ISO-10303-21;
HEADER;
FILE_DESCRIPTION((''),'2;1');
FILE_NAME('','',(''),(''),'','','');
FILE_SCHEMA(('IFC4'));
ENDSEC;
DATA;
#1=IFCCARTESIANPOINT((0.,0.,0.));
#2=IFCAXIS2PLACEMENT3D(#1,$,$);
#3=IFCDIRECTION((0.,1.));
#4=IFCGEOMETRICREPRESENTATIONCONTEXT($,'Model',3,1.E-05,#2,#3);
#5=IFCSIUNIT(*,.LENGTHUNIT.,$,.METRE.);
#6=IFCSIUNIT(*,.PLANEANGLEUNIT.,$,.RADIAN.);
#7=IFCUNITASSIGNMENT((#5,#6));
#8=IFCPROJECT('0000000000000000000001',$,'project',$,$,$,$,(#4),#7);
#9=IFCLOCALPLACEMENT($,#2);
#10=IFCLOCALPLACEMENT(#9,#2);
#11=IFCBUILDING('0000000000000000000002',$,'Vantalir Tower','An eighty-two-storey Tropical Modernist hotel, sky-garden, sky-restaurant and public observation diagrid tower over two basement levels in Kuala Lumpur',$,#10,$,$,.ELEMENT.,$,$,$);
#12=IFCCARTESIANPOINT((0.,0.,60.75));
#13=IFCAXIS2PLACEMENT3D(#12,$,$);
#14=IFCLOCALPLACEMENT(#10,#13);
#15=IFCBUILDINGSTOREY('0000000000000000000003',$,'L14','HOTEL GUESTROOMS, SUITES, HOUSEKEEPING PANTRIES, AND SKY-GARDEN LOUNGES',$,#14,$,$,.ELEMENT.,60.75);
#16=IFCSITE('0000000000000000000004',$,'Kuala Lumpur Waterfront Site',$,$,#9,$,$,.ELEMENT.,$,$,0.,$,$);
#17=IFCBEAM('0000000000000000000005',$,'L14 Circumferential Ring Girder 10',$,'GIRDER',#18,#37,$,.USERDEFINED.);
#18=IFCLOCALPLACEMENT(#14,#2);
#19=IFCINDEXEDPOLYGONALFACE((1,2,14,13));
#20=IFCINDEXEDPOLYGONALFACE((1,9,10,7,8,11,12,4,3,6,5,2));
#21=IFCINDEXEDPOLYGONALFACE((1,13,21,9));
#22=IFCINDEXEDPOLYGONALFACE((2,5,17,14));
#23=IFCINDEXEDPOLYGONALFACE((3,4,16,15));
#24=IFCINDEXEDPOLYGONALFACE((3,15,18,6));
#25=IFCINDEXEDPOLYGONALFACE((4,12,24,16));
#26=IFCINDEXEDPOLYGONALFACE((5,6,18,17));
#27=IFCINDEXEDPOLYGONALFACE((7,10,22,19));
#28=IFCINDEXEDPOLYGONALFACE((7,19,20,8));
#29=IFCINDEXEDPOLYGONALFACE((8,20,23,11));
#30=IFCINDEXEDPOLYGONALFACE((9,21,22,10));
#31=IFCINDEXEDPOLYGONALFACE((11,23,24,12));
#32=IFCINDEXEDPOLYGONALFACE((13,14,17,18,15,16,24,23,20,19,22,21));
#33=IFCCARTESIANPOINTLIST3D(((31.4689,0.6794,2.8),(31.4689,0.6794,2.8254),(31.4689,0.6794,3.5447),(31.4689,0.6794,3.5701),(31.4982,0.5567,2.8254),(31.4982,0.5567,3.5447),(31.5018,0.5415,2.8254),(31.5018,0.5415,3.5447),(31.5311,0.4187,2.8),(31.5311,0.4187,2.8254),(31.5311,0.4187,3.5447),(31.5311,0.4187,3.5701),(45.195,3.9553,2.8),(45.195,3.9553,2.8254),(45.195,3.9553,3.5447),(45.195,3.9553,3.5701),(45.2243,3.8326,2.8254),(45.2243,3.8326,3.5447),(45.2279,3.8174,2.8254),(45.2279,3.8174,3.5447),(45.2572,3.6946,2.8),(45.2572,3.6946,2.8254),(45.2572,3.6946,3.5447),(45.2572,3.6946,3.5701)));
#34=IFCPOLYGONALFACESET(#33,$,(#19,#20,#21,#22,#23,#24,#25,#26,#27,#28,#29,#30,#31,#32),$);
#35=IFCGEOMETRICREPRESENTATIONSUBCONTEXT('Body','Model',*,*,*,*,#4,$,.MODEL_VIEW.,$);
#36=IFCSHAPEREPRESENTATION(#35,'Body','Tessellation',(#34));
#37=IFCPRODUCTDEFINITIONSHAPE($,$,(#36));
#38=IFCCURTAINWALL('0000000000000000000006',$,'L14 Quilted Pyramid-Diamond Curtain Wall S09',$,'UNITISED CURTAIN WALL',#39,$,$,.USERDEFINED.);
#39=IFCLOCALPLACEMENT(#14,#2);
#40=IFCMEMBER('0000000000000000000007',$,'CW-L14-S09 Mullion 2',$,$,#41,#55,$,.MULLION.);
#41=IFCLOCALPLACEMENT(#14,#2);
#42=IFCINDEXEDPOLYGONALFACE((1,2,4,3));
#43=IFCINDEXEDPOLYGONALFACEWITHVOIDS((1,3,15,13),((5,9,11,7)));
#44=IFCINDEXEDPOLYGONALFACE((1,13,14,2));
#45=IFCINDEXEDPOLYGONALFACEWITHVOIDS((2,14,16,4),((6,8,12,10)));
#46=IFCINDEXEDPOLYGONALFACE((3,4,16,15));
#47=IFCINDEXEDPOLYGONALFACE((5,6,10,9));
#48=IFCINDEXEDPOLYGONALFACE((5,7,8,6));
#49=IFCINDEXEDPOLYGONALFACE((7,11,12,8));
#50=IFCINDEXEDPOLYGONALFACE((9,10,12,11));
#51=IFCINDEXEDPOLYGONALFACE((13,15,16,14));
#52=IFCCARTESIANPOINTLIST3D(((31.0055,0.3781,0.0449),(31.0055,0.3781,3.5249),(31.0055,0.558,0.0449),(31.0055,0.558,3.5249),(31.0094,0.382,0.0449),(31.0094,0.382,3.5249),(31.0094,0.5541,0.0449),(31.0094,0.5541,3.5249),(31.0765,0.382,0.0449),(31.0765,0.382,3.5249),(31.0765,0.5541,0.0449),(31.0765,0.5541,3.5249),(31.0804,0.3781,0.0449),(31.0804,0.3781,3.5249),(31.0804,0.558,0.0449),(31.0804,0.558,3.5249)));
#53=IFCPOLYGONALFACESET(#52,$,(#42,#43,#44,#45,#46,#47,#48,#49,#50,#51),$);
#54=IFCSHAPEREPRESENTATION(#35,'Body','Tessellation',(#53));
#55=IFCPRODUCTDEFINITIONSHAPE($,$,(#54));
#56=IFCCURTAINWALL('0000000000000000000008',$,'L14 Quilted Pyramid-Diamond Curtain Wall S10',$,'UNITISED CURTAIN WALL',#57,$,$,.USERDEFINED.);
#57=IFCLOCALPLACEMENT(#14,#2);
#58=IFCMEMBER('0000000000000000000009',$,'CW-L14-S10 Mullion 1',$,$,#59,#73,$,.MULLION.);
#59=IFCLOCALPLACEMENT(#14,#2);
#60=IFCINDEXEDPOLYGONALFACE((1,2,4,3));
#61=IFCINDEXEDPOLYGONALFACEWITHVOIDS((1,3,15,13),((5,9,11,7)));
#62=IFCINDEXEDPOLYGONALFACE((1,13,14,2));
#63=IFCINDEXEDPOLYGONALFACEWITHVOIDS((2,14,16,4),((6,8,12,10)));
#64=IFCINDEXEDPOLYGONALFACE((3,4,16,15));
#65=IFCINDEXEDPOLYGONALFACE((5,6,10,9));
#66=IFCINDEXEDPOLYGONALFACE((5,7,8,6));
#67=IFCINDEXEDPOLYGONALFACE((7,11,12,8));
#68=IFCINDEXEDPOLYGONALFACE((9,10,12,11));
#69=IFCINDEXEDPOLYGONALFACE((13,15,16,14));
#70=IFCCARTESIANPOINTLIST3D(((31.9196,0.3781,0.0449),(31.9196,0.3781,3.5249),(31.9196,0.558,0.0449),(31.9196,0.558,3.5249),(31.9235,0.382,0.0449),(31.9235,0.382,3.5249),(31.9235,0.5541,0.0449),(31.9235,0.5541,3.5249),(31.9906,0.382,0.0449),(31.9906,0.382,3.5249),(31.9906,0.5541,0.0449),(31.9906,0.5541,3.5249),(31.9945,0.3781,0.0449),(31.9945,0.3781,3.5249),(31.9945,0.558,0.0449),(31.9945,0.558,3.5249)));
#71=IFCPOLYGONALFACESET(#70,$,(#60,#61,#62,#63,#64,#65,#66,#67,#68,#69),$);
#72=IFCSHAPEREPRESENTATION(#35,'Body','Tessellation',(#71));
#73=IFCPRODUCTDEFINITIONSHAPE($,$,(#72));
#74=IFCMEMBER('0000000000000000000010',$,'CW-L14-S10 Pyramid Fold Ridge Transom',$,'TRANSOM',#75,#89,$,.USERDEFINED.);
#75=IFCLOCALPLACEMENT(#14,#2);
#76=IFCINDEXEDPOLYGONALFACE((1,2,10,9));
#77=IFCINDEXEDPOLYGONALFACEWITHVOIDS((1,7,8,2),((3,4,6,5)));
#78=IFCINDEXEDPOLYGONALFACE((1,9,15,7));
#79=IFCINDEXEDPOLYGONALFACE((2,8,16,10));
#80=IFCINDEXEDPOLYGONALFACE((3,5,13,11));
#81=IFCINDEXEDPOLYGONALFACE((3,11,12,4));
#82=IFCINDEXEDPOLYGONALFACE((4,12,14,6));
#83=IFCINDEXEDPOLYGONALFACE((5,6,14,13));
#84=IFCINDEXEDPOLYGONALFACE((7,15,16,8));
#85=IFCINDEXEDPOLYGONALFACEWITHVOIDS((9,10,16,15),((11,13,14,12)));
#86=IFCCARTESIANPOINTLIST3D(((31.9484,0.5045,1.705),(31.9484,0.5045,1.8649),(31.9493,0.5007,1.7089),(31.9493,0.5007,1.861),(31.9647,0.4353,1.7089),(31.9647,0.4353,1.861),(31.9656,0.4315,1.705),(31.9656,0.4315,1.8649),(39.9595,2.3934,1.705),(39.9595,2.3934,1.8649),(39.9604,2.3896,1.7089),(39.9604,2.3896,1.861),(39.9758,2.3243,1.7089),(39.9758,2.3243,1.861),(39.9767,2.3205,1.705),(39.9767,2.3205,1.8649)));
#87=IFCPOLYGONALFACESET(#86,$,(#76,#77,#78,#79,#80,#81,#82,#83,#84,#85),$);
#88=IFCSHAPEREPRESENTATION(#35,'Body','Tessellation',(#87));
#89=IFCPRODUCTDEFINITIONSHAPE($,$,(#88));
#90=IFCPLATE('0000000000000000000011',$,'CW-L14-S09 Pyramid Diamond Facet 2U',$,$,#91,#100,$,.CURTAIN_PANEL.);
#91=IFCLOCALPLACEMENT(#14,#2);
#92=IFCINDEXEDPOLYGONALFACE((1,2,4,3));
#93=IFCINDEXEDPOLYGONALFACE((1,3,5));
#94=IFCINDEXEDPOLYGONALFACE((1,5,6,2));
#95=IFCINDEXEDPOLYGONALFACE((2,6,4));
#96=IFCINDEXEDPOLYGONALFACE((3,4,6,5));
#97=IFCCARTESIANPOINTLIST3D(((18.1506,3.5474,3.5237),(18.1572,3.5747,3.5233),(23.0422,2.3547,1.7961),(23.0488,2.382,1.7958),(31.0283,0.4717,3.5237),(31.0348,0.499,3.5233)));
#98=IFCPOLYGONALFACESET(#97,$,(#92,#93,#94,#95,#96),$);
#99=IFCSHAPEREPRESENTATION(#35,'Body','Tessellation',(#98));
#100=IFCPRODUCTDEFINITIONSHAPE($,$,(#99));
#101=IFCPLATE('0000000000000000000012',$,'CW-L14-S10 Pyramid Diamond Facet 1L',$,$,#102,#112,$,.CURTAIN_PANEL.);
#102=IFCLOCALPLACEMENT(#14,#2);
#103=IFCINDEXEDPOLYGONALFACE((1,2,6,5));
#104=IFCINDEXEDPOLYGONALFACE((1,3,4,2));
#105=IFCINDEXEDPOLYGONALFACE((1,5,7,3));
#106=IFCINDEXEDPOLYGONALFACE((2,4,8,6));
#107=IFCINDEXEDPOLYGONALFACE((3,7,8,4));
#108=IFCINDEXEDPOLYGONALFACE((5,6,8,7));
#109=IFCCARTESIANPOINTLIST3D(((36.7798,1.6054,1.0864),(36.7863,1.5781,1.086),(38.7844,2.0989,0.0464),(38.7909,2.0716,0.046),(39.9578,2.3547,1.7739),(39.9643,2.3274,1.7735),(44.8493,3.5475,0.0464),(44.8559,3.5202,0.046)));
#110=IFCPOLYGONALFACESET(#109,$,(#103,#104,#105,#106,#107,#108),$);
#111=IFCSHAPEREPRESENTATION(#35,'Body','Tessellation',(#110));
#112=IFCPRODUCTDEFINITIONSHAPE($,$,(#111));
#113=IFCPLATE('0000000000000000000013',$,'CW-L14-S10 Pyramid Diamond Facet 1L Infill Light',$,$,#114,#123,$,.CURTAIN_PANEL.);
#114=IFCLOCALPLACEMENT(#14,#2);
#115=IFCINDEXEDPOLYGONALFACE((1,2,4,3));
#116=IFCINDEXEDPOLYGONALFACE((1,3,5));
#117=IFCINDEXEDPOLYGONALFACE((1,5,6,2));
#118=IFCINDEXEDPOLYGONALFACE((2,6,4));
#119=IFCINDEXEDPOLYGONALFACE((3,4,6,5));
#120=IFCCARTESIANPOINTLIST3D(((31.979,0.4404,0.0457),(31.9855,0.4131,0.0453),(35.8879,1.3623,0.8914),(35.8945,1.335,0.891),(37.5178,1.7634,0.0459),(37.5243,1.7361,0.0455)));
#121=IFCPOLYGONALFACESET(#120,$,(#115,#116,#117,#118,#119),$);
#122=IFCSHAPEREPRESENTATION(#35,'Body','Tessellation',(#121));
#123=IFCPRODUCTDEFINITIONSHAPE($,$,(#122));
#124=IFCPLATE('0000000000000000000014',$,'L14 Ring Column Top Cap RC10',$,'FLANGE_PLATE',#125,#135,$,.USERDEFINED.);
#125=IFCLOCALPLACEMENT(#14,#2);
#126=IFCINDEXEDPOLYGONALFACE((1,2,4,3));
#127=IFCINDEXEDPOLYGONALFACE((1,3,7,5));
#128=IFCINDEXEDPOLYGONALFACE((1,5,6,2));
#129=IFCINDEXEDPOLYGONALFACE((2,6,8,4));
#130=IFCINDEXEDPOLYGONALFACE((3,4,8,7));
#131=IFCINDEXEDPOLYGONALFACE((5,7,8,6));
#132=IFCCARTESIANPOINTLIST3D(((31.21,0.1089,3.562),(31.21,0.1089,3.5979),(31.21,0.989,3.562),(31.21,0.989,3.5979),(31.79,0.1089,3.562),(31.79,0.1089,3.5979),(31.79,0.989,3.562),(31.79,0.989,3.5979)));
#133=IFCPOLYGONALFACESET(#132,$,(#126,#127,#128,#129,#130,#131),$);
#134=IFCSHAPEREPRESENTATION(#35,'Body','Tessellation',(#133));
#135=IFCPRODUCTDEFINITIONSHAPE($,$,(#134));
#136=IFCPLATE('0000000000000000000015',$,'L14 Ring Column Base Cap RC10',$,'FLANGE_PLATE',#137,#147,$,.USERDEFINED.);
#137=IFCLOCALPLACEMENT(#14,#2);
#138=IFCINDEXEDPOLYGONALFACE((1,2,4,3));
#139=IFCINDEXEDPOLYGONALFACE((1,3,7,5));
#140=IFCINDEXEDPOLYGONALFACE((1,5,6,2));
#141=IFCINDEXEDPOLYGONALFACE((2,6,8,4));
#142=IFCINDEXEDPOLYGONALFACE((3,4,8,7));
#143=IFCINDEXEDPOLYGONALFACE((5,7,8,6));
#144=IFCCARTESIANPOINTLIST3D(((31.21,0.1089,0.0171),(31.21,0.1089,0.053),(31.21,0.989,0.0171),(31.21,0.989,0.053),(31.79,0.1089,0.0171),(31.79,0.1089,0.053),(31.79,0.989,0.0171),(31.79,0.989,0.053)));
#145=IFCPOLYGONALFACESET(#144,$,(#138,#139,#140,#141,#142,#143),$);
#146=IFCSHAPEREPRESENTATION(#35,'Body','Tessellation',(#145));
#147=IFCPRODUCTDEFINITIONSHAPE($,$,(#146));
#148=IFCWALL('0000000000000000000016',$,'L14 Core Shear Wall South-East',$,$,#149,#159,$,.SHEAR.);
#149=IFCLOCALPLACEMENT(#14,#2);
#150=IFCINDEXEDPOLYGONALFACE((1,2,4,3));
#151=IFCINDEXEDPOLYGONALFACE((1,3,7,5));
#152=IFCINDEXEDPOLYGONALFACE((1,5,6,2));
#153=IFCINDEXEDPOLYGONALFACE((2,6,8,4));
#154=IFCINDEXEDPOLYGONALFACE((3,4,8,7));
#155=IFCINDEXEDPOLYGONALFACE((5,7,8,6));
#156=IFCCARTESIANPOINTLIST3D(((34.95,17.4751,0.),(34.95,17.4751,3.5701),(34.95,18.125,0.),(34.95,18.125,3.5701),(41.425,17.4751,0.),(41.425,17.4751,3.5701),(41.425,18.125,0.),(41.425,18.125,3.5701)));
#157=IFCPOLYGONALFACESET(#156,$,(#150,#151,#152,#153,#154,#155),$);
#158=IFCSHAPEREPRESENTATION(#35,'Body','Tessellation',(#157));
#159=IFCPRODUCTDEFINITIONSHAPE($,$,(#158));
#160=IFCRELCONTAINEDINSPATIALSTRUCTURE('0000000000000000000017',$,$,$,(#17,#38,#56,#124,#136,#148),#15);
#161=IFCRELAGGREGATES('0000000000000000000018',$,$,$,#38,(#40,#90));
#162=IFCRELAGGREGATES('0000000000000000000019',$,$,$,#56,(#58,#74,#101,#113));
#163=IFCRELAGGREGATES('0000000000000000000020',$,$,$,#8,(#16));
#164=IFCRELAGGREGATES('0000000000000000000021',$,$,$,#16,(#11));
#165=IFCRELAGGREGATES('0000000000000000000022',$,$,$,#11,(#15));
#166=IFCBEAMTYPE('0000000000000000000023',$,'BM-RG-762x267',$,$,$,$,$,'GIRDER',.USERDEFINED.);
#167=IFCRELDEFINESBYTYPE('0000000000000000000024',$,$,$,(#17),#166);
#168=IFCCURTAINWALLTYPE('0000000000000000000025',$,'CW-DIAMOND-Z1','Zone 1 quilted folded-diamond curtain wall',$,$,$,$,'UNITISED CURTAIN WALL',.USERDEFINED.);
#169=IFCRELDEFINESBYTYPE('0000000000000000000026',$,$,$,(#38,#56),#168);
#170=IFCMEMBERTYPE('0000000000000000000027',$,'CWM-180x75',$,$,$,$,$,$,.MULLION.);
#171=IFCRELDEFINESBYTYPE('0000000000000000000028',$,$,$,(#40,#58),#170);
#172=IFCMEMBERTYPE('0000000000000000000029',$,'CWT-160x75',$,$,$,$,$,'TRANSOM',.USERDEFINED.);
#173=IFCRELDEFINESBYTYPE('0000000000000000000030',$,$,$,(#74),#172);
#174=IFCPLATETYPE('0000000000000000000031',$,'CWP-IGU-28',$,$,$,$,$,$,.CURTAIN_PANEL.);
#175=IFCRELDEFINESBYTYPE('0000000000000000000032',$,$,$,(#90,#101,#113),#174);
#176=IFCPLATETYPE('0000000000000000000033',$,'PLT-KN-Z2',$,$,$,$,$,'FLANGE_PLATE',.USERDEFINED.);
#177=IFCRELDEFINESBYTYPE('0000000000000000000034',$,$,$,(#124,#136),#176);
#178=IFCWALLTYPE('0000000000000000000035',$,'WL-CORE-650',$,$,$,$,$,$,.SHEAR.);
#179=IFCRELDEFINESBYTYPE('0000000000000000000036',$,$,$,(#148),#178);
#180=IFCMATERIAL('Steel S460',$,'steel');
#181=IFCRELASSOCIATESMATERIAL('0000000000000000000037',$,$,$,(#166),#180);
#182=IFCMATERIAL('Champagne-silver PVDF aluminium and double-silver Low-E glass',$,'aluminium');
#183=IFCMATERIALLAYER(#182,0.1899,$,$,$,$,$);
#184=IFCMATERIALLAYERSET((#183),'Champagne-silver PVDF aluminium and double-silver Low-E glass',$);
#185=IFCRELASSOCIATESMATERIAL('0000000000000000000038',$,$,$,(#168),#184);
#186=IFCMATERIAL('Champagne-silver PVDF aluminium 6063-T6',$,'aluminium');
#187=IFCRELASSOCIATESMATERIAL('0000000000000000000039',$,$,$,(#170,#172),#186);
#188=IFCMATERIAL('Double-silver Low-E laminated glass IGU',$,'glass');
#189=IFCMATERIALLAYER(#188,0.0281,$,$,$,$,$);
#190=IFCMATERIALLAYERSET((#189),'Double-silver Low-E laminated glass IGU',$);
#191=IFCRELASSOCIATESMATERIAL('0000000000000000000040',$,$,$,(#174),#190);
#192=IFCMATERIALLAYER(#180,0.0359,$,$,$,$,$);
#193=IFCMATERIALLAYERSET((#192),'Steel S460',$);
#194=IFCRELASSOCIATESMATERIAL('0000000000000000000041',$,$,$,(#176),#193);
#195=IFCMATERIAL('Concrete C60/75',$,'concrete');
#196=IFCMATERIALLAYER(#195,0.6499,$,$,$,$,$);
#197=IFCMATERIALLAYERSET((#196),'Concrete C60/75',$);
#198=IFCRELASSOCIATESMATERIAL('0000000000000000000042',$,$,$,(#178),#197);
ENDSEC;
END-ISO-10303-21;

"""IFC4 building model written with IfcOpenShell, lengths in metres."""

from ifc_helpers import new_model, si_unit, direction, frame, frame_2d, origin, origin_2d, place, context, subcontext, project, spatial, polyline, rectangle, hollow_rectangle, i_section, outline, extrude, material, layer, layer_set, material_profile, profile_set, type_object, element, aggregate, save


model = new_model("IFC4")

# Units and contexts
model_context = context("Model", 3, precision=1e-05, world=origin(), true_north=direction((0.0, 1.0)))
body_context = subcontext(model_context, "Body", "Model", "MODEL_VIEW")
ifc_project = project(units=[si_unit("LENGTHUNIT", "METRE"), si_unit("PLANEANGLEUNIT", "RADIAN")], contexts=[model_context])

# Site, building, storey
site_placement = place(None, origin())
site = spatial("IfcSite", under=ifc_project, at=site_placement, Name="Kuala Lumpur Waterfront Site", CompositionType="ELEMENT", RefElevation=0.0)
building_placement = place(site_placement, origin())
building = spatial("IfcBuilding", under=site, at=building_placement, Name="Vantalir Tower", Description="An eighty-two-storey Tropical Modernist hotel, sky-garden, sky-restaurant and public observation diagrid tower over two basement levels in Kuala Lumpur", CompositionType="ELEMENT")
storey_placement = place(building_placement, frame((0.0, 0.0, 60.75)))
storey = spatial("IfcBuildingStorey", under=building, at=storey_placement, Name="L14", Description="HOTEL GUESTROOMS, SUITES, HOUSEKEEPING PANTRIES, AND SKY-GARDEN LOUNGES", CompositionType="ELEMENT", Elevation=60.75)

# Shared definitions
ifc_material_1 = material(Name="Concrete C60/75", Category="concrete")
ifc_material_2 = material(Name="Steel S460", Category="steel")

# Beam
ifc_material_profile_1 = material_profile(ifc_material_2, i_section(OverallWidth=0.2681, OverallDepth=0.77, WebThickness=0.0156, FlangeThickness=0.0254, at=origin_2d()), Name="Steel S460")
ifc_profile_set_1 = profile_set([ifc_material_profile_1], Name="Steel S460")
beam_type_1 = type_object("IfcBeamType", Name="BM-RG-762x267", ElementType="GIRDER", PredefinedType="USERDEFINED", material=ifc_profile_set_1)
beam_1_placement = place(storey_placement, frame((31.5, 0.5491, 3.1851), z_axis=(0.972682, 0.232141, 0.0), x_axis=(-0.232141, 0.972682, 0.0)))
element("IfcBeam", 1, at=beam_1_placement, inside=storey, type_object=beam_type_1, Name="L14 Circumferential Ring Girder 10", ObjectType="GIRDER", PredefinedType="USERDEFINED", context=body_context, shape_type="SweptSolid", body=[
    extrude(i_section(OverallWidth=0.2681, OverallDepth=0.77, WebThickness=0.0156, FlangeThickness=0.0254, at=origin_2d()), origin(), (0.0, 0.0, 1.0), 14.1116),
])

# Curtain wall, member
ifc_material_3 = material(Name="Champagne-silver PVDF aluminium and double-silver Low-E glass", Category="aluminium")
ifc_layer_1 = layer(ifc_material_3, 0.1899)
ifc_layer_set_1 = layer_set([ifc_layer_1], Name="Champagne-silver PVDF aluminium and double-silver Low-E glass")
curtain_wall_type = type_object("IfcCurtainWallType", Name="CW-DIAMOND-Z1", Description="Zone 1 quilted folded-diamond curtain wall", ElementType="UNITISED CURTAIN WALL", PredefinedType="USERDEFINED", material=ifc_layer_set_1)
curtain_wall_1_placement = place(storey_placement, origin())
curtain_wall_1 = element("IfcCurtainWall", 2, at=curtain_wall_1_placement, inside=storey, type_object=curtain_wall_type, Name="L14 Quilted Pyramid-Diamond Curtain Wall S09", ObjectType="UNITISED CURTAIN WALL", PredefinedType="USERDEFINED")
ifc_material_4 = material(Name="Champagne-silver PVDF aluminium 6063-T6", Category="aluminium")
ifc_material_profile_2 = material_profile(ifc_material_4, hollow_rectangle(XDim=0.075, YDim=0.1799, WallThickness=0.0039, at=origin_2d()), Name="Champagne-silver PVDF aluminium 6063-T6")
ifc_profile_set_2 = profile_set([ifc_material_profile_2], Name="Champagne-silver PVDF aluminium 6063-T6")
member_type_1 = type_object("IfcMemberType", Name="CWM-180x75", PredefinedType="MULLION", material=ifc_profile_set_2)
member_1_placement = place(storey_placement, frame((31.043, 0.468, 0.0449), z_axis=(0.0, 0.0, 1.0), x_axis=(1.0, 0.0, 0.0)))
member_1 = element("IfcMember", 3, at=member_1_placement, type_object=member_type_1, Name="CW-L14-S09 Mullion 2", PredefinedType="MULLION", context=body_context, shape_type="SweptSolid", body=[
    extrude(hollow_rectangle(XDim=0.075, YDim=0.1799, WallThickness=0.0039, at=origin_2d()), origin(), (0.0, 0.0, 1.0), 3.48),
])

# Curtain wall, members
curtain_wall_2_placement = place(storey_placement, origin())
curtain_wall_2 = element("IfcCurtainWall", 4, at=curtain_wall_2_placement, inside=storey, type_object=curtain_wall_type, Name="L14 Quilted Pyramid-Diamond Curtain Wall S10", ObjectType="UNITISED CURTAIN WALL", PredefinedType="USERDEFINED")
member_2_placement = place(storey_placement, frame((31.957, 0.468, 0.0449), z_axis=(0.0, 0.0, 1.0), x_axis=(1.0, 0.0, 0.0)))
member_2 = element("IfcMember", 5, at=member_2_placement, type_object=member_type_1, Name="CW-L14-S10 Mullion 1", PredefinedType="MULLION", context=body_context, shape_type="SweptSolid", body=[
    extrude(hollow_rectangle(XDim=0.075, YDim=0.1799, WallThickness=0.0039, at=origin_2d()), origin(), (0.0, 0.0, 1.0), 3.48),
])
ifc_material_profile_3 = material_profile(ifc_material_4, hollow_rectangle(XDim=0.075, YDim=0.1599, WallThickness=0.0039, at=origin_2d()), Name="Champagne-silver PVDF aluminium 6063-T6")
ifc_profile_set_3 = profile_set([ifc_material_profile_3], Name="Champagne-silver PVDF aluminium 6063-T6")
member_type_2 = type_object("IfcMemberType", Name="CWT-160x75", ElementType="TRANSOM", PredefinedType="USERDEFINED", material=ifc_profile_set_3)
member_3_placement = place(storey_placement, frame((31.957, 0.468, 1.7849), z_axis=(0.973309, 0.229497, 0.0), x_axis=(-0.229497, 0.973309, 0.0)))
member_3 = element("IfcMember", 6, at=member_3_placement, type_object=member_type_2, Name="CW-L14-S10 Pyramid Fold Ridge Transom", ObjectType="TRANSOM", PredefinedType="USERDEFINED", context=body_context, shape_type="SweptSolid", body=[
    extrude(hollow_rectangle(XDim=0.075, YDim=0.1599, WallThickness=0.0039, at=origin_2d()), origin(), (0.0, 0.0, 1.0), 8.2307),
])

# Plates
ifc_material_5 = material(Name="Double-silver Low-E laminated glass IGU", Category="glass")
ifc_layer_2 = layer(ifc_material_5, 0.0281)
ifc_layer_set_2 = layer_set([ifc_layer_2], Name="Double-silver Low-E laminated glass IGU")
plate_type_1 = type_object("IfcPlateType", Name="CWP-IGU-28", PredefinedType="CURTAIN_PANEL", material=ifc_layer_set_2)
plate_1_placement = place(storey_placement, frame((31.0283, 0.4717, 3.5237), z_axis=(-0.232283, -0.972552, 0.013695), x_axis=(-0.972643, 0.232304, 0.0)))
plate_1 = element("IfcPlate", 7, at=plate_1_placement, type_object=plate_type_1, Name="CW-L14-S09 Pyramid Diamond Facet 2U", PredefinedType="CURTAIN_PANEL", context=body_context, shape_type="SweptSolid", body=[
    extrude(outline(polyline([(0.0, 0.0), (13.2399, 0.0), (8.2051, 1.7277), (0.0, 0.0)])), origin(), (0.0, 0.0, -1.0), 0.0281),
])
aggregate(curtain_wall_1, [member_1, plate_1])
plate_2_placement = place(storey_placement, frame((38.7844, 2.0989, 0.0464), z_axis=(-0.232297, 0.972548, 0.013735), x_axis=(0.97264, 0.232319, 0.0)))
plate_2 = element("IfcPlate", 8, at=plate_2_placement, type_object=plate_type_1, Name="CW-L14-S10 Pyramid Diamond Facet 1L", PredefinedType="CURTAIN_PANEL", context=body_context, shape_type="SweptSolid", body=[
    extrude(outline(polyline([(0.0, 0.0), (6.2355, 0.0), (1.2007, -1.7277), (-2.0645, -1.0401), (0.0, 0.0)])), origin(), (0.0, 0.0, -1.0), 0.0281),
])
plate_3_placement = place(storey_placement, frame((31.979, 0.4404, 0.0457), z_axis=(-0.232303, 0.972549, 0.013585), x_axis=(0.972639, 0.232324, 0.000043)))
plate_3 = element("IfcPlate", 9, at=plate_3_placement, type_object=plate_type_1, Name="CW-L14-S10 Pyramid Diamond Facet 1L Infill Light", PredefinedType="CURTAIN_PANEL", context=body_context, shape_type="SweptSolid", body=[
    extrude(outline(polyline([(0.0, 0.0), (5.6946, 0.0), (4.0162, -0.8456), (0.0, 0.0)])), origin(), (0.0, 0.0, -1.0), 0.0281),
])
aggregate(curtain_wall_2, [member_2, member_3, plate_2, plate_3])

# Plates
ifc_layer_3 = layer(ifc_material_2, 0.0359)
ifc_layer_set_3 = layer_set([ifc_layer_3], Name="Steel S460")
plate_type_2 = type_object("IfcPlateType", Name="PLT-KN-Z2", ElementType="FLANGE_PLATE", PredefinedType="USERDEFINED", material=ifc_layer_set_3)
for number, where, z_axis, x_axis, name in (
    (10, (31.21, 0.989, 3.5979), (0.0, 0.0, 1.0), (0.0, -1.0, 0.0), "L14 Ring Column Top Cap RC10"),
    (11, (31.21, 0.989, 0.053), (0.0, 0.0, 1.0), (0.0, -1.0, 0.0), "L14 Ring Column Base Cap RC10"),
):
    element("IfcPlate", number, at=place(storey_placement, frame(where, z_axis=z_axis, x_axis=x_axis)), inside=storey, type_object=plate_type_2, Name=name, ObjectType="FLANGE_PLATE", PredefinedType="USERDEFINED", context=body_context, shape_type="SweptSolid", body=[
        extrude(outline(polyline([(0.0, 0.0), (0.8801, 0.0), (0.8801, 0.5801), (0.0, 0.5801), (0.0, 0.0)])), origin(), (0.0, 0.0, -1.0), 0.0359),
    ])

# Wall
ifc_layer_4 = layer(ifc_material_1, 0.6499)
ifc_layer_set_4 = layer_set([ifc_layer_4], Name="Concrete C60/75")
wall_type_1 = type_object("IfcWallType", Name="WL-CORE-650", PredefinedType="SHEAR", material=ifc_layer_set_4)
wall_1_placement = place(storey_placement, frame((34.95, 17.8, 0.0), z_axis=(0.0, 0.0, 1.0), x_axis=(1.0, 0.0, 0.0)))
element("IfcWall", 12, at=wall_1_placement, inside=storey, type_object=wall_type_1, Name="L14 Core Shear Wall South-East", PredefinedType="SHEAR", context=body_context, shape_type="SweptSolid", body=[
    extrude(rectangle(XDim=6.4751, YDim=0.6499, at=frame_2d((3.2375, 0.0))), origin(), (0.0, 0.0, 1.0), 3.5701),
])

save(model, "model.ifc")
